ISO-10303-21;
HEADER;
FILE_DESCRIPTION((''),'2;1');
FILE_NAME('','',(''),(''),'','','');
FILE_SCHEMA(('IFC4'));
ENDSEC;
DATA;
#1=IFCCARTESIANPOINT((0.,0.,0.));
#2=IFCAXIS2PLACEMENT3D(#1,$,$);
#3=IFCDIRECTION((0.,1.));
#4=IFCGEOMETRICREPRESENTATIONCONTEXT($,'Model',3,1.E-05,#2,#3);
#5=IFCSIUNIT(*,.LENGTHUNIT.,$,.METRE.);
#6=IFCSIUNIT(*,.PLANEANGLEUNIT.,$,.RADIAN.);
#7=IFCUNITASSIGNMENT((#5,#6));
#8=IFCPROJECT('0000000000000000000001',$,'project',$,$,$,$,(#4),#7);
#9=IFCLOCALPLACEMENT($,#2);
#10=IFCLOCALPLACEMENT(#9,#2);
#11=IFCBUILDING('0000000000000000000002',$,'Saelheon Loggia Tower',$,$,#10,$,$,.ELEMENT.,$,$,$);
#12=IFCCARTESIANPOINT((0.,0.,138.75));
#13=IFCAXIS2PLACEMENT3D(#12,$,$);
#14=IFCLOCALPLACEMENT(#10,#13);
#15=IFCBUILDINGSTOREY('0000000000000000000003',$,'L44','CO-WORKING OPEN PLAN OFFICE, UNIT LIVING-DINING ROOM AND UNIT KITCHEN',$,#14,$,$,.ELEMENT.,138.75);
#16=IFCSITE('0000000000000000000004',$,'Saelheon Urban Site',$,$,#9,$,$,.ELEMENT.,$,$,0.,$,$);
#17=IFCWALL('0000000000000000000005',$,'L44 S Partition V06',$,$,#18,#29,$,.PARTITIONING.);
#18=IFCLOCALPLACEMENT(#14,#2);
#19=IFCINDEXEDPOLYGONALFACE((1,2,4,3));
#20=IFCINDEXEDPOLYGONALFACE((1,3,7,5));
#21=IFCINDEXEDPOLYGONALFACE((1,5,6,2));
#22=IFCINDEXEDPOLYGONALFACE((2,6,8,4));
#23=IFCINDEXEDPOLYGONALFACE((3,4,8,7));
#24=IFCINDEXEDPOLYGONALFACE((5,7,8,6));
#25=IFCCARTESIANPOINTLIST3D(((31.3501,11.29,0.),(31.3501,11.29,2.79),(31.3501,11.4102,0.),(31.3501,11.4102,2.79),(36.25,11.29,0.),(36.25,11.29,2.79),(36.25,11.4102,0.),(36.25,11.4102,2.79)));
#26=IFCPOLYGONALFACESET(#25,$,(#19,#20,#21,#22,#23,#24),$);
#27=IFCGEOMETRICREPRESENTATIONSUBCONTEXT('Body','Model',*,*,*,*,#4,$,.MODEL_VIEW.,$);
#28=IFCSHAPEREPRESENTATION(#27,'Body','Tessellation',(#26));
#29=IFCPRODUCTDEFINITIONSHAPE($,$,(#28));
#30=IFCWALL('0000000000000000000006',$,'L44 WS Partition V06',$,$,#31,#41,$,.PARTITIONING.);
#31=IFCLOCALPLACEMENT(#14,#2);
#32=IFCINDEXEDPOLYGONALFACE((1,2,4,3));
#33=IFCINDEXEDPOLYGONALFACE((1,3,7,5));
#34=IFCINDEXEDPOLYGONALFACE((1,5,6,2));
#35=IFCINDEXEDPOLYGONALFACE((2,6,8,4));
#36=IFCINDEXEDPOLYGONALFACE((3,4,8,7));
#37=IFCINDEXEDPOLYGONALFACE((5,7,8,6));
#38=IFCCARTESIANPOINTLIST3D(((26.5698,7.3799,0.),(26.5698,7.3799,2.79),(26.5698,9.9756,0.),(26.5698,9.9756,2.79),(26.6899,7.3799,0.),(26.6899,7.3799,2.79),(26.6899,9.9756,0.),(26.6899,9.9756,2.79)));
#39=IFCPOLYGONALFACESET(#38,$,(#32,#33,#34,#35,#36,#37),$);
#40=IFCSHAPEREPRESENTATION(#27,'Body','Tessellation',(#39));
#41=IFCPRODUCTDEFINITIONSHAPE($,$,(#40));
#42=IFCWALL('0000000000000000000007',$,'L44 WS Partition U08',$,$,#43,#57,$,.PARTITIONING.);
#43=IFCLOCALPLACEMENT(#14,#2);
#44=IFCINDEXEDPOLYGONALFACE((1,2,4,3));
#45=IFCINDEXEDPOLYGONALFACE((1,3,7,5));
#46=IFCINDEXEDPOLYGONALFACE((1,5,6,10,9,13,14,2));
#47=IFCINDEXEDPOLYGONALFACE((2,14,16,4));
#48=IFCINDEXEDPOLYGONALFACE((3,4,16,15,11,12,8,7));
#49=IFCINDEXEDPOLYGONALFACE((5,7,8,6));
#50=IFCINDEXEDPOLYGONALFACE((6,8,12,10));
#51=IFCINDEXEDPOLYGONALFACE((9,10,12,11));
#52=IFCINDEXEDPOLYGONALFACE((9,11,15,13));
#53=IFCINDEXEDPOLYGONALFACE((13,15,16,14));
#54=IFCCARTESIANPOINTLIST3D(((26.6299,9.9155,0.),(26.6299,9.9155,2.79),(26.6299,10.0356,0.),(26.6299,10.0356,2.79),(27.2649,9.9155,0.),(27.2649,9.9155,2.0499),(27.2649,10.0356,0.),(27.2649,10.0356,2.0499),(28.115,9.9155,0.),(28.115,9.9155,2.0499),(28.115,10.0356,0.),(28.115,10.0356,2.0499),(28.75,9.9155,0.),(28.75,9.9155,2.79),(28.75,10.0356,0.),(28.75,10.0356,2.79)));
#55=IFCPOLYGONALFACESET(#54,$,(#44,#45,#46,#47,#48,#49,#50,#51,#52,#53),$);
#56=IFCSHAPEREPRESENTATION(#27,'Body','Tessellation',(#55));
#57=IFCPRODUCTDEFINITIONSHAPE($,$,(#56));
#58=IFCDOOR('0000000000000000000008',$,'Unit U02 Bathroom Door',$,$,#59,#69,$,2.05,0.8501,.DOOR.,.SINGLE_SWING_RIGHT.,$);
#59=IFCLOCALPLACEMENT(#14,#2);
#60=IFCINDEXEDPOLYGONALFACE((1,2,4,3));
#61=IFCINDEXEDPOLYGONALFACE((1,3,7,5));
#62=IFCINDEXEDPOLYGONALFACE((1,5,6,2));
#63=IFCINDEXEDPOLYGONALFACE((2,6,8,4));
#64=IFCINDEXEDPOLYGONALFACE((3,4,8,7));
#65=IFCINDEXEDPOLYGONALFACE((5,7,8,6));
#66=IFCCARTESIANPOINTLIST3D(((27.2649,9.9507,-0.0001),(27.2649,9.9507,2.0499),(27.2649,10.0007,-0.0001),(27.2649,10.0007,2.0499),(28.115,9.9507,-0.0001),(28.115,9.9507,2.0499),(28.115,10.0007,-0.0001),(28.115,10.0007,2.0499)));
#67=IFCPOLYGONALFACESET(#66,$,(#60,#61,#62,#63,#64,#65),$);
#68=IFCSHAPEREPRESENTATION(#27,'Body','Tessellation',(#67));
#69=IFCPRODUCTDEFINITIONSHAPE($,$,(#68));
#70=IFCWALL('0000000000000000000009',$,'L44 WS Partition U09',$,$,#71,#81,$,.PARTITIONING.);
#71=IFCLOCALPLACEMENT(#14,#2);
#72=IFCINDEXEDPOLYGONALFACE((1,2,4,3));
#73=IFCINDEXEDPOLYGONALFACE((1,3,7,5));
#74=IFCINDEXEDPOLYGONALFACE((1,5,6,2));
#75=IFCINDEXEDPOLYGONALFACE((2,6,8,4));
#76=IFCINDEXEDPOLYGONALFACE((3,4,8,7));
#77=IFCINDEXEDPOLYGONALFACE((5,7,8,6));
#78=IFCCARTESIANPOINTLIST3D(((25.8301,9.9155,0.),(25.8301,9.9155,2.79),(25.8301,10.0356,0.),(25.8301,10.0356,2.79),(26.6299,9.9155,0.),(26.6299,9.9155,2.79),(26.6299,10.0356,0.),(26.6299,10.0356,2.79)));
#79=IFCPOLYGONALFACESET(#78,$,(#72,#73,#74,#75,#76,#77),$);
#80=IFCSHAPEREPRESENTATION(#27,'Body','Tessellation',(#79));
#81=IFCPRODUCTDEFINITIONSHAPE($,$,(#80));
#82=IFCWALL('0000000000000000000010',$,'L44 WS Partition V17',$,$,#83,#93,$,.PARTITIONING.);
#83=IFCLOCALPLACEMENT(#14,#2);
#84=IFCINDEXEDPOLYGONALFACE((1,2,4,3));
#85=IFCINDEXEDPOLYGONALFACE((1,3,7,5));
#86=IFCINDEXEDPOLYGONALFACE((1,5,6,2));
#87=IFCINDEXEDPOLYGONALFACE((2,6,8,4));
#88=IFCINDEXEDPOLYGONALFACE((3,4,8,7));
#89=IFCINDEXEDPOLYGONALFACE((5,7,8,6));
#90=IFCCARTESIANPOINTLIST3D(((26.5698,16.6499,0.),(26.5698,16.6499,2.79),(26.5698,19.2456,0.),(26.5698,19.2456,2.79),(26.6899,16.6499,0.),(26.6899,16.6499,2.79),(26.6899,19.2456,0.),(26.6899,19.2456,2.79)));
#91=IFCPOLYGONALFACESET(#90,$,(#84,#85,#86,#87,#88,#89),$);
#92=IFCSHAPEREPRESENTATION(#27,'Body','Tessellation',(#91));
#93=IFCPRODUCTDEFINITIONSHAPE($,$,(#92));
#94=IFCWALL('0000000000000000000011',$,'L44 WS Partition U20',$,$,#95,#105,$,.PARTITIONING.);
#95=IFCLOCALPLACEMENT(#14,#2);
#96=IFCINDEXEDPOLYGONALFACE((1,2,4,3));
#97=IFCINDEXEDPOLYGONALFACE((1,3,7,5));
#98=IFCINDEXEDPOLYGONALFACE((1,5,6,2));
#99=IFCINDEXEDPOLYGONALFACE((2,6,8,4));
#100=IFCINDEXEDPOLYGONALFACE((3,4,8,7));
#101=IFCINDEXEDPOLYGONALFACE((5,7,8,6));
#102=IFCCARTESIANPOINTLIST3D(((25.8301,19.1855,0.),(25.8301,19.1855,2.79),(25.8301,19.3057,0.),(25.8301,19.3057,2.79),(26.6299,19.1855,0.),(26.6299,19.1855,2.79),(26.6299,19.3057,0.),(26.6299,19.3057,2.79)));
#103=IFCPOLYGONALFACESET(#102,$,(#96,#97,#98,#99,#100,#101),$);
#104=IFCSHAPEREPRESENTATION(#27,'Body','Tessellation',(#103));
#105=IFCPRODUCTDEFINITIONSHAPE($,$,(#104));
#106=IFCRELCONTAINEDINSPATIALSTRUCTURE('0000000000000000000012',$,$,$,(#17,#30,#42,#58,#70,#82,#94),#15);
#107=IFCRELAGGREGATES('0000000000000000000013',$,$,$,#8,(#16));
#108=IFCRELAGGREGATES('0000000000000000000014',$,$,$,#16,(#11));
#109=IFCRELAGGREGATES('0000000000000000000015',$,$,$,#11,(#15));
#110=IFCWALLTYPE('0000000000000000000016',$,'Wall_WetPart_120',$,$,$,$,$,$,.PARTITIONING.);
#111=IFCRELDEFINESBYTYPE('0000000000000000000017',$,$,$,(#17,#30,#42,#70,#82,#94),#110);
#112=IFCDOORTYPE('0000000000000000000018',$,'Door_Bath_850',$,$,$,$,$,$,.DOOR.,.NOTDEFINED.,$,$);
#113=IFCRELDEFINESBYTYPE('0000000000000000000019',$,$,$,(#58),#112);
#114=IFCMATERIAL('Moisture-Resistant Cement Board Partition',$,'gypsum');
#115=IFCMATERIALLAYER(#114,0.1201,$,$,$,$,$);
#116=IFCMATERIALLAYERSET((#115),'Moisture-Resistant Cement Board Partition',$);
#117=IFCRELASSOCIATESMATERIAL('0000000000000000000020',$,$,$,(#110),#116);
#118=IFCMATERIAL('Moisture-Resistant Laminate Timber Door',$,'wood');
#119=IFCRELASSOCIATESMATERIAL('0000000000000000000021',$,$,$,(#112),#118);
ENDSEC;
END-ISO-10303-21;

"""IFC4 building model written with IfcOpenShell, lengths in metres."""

from ifc_helpers import new_model, si_unit, direction, frame, frame_2d, origin, place, context, subcontext, project, spatial, rectangle, extrude, source, transform, mapped, material, layer, layer_set, type_object, element, fill, save


model = new_model("IFC4")

# Units and contexts
model_context = context("Model", 3, precision=1e-05, world=origin(), true_north=direction((0.0, 1.0)))
body_context = subcontext(model_context, "Body", "Model", "MODEL_VIEW")
ifc_project = project(units=[si_unit("LENGTHUNIT", "METRE"), si_unit("PLANEANGLEUNIT", "RADIAN")], contexts=[model_context])

# Site, building, storey
site_placement = place(None, origin())
site = spatial("IfcSite", under=ifc_project, at=site_placement, Name="Saelheon Urban Site", CompositionType="ELEMENT", RefElevation=0.0)
building_placement = place(site_placement, origin())
building = spatial("IfcBuilding", under=site, at=building_placement, Name="Saelheon Loggia Tower", CompositionType="ELEMENT")
storey_placement = place(building_placement, frame((0.0, 0.0, 138.75)))
storey = spatial("IfcBuildingStorey", under=building, at=storey_placement, Name="L44", Description="CO-WORKING OPEN PLAN OFFICE, UNIT LIVING-DINING ROOM AND UNIT KITCHEN", CompositionType="ELEMENT", Elevation=138.75)

# Walls
ifc_material_1 = material(Name="Moisture-Resistant Cement Board Partition", Category="gypsum")
ifc_layer_1 = layer(ifc_material_1, 0.1201)
ifc_layer_set_1 = layer_set([ifc_layer_1], Name="Moisture-Resistant Cement Board Partition")
wall_type_1 = type_object("IfcWallType", Name="Wall_WetPart_120", PredefinedType="PARTITIONING", material=ifc_layer_set_1)
wall_1_placement = place(storey_placement, frame((31.3501, 11.3501, 0.0), z_axis=(0.0, 0.0, 1.0), x_axis=(1.0, 0.0, 0.0)))
element("IfcWall", 1, at=wall_1_placement, inside=storey, type_object=wall_type_1, Name="L44 S Partition V06", PredefinedType="PARTITIONING", context=body_context, shape_type="SweptSolid", body=[
    extrude(rectangle(XDim=4.8999, YDim=0.1201, at=frame_2d((2.45, 0.0))), origin(), (0.0, 0.0, 1.0), 2.79),
])
wall_2_placement = place(storey_placement, frame((26.6299, 7.3799, 0.0), z_axis=(0.0, 0.0, 1.0), x_axis=(0.0, 1.0, 0.0)))
element("IfcWall", 2, at=wall_2_placement, inside=storey, type_object=wall_type_1, Name="L44 WS Partition V06", PredefinedType="PARTITIONING", context=body_context, shape_type="SweptSolid", body=[
    extrude(rectangle(XDim=2.5957, YDim=0.1201, at=frame_2d((1.2979, 0.0))), origin(), (0.0, 0.0, 1.0), 2.79),
])

# Wall, opening, door
wall_3_placement = place(storey_placement, frame((28.75, 9.9756, 0.0), z_axis=(0.0, 0.0, 1.0), x_axis=(-1.0, 0.0, 0.0)))
wall_3 = element("IfcWall", 3, at=wall_3_placement, inside=storey, type_object=wall_type_1, Name="L44 WS Partition U08", PredefinedType="PARTITIONING", context=body_context, shape_type="SweptSolid", body=[
    extrude(rectangle(XDim=2.1201, YDim=0.1201, at=frame_2d((1.0601, 0.0))), origin(), (0.0, 0.0, 1.0), 2.79),
])
opening_1_placement = place(wall_3_placement, frame((0.635, 0.0, 0.0)))
opening_1 = element("IfcOpeningElement", 4, at=opening_1_placement, cuts=wall_3, PredefinedType="OPENING", context=body_context, shape_type="SweptSolid", body=[
    extrude(rectangle(XDim=0.8501, YDim=2.05, at=frame_2d((0.425, 1.0249))), frame((0.0, 0.072, 0.0), z_axis=(0.0, -1.0, 0.0), x_axis=(1.0, 0.0, 0.0)), (0.0, 0.0, 1.0), 0.144),
])
ifc_material_2 = material(Name="Moisture-Resistant Laminate Timber Door", Category="wood")
door_type_1 = type_object("IfcDoorType", Name="Door_Bath_850", OperationType="NOTDEFINED", PredefinedType="DOOR", material=ifc_material_2)
shared_shape_1 = source(origin(), body_context, "Body", "SweptSolid", [
    extrude(rectangle(XDim=0.8501, YDim=2.05, at=frame_2d((0.425, 1.0249))), frame((0.0, 0.0249, 0.0), z_axis=(0.0, -1.0, 0.0), x_axis=(1.0, 0.0, 0.0)), (0.0, 0.0, 1.0), 0.05),
])
door_1_placement = place(opening_1_placement, origin())
door_1 = element("IfcDoor", 5, at=door_1_placement, inside=storey, type_object=door_type_1, Name="Unit U02 Bathroom Door", OperationType="SINGLE_SWING_RIGHT", OverallHeight=2.05, OverallWidth=0.8501, PredefinedType="DOOR", context=body_context, shape_type="MappedRepresentation", body=[
    mapped(shared_shape_1, transform((0.0, 0.0, 0.0), scale=1.0)),
])
fill(opening_1, door_1)

# Walls
wall_4_placement = place(storey_placement, frame((26.6299, 9.9756, 0.0), z_axis=(0.0, 0.0, 1.0), x_axis=(-1.0, 0.0, 0.0)))
element("IfcWall", 6, at=wall_4_placement, inside=storey, type_object=wall_type_1, Name="L44 WS Partition U09", PredefinedType="PARTITIONING", context=body_context, shape_type="SweptSolid", body=[
    extrude(rectangle(XDim=0.7998, YDim=0.1201, at=frame_2d((0.3999, 0.0))), origin(), (0.0, 0.0, 1.0), 2.79),
])
wall_5_placement = place(storey_placement, frame((26.6299, 16.6499, 0.0), z_axis=(0.0, 0.0, 1.0), x_axis=(0.0, 1.0, 0.0)))
element("IfcWall", 7, at=wall_5_placement, inside=storey, type_object=wall_type_1, Name="L44 WS Partition V17", PredefinedType="PARTITIONING", context=body_context, shape_type="SweptSolid", body=[
    extrude(rectangle(XDim=2.5957, YDim=0.1201, at=frame_2d((1.2979, 0.0))), origin(), (0.0, 0.0, 1.0), 2.79),
])
wall_6_placement = place(storey_placement, frame((26.6299, 19.2456, 0.0), z_axis=(0.0, 0.0, 1.0), x_axis=(-1.0, 0.0, 0.0)))
element("IfcWall", 8, at=wall_6_placement, inside=storey, type_object=wall_type_1, Name="L44 WS Partition U20", PredefinedType="PARTITIONING", context=body_context, shape_type="SweptSolid", body=[
    extrude(rectangle(XDim=0.7998, YDim=0.1201, at=frame_2d((0.3999, 0.0))), origin(), (0.0, 0.0, 1.0), 2.79),
])

save(model, "model.ifc")
